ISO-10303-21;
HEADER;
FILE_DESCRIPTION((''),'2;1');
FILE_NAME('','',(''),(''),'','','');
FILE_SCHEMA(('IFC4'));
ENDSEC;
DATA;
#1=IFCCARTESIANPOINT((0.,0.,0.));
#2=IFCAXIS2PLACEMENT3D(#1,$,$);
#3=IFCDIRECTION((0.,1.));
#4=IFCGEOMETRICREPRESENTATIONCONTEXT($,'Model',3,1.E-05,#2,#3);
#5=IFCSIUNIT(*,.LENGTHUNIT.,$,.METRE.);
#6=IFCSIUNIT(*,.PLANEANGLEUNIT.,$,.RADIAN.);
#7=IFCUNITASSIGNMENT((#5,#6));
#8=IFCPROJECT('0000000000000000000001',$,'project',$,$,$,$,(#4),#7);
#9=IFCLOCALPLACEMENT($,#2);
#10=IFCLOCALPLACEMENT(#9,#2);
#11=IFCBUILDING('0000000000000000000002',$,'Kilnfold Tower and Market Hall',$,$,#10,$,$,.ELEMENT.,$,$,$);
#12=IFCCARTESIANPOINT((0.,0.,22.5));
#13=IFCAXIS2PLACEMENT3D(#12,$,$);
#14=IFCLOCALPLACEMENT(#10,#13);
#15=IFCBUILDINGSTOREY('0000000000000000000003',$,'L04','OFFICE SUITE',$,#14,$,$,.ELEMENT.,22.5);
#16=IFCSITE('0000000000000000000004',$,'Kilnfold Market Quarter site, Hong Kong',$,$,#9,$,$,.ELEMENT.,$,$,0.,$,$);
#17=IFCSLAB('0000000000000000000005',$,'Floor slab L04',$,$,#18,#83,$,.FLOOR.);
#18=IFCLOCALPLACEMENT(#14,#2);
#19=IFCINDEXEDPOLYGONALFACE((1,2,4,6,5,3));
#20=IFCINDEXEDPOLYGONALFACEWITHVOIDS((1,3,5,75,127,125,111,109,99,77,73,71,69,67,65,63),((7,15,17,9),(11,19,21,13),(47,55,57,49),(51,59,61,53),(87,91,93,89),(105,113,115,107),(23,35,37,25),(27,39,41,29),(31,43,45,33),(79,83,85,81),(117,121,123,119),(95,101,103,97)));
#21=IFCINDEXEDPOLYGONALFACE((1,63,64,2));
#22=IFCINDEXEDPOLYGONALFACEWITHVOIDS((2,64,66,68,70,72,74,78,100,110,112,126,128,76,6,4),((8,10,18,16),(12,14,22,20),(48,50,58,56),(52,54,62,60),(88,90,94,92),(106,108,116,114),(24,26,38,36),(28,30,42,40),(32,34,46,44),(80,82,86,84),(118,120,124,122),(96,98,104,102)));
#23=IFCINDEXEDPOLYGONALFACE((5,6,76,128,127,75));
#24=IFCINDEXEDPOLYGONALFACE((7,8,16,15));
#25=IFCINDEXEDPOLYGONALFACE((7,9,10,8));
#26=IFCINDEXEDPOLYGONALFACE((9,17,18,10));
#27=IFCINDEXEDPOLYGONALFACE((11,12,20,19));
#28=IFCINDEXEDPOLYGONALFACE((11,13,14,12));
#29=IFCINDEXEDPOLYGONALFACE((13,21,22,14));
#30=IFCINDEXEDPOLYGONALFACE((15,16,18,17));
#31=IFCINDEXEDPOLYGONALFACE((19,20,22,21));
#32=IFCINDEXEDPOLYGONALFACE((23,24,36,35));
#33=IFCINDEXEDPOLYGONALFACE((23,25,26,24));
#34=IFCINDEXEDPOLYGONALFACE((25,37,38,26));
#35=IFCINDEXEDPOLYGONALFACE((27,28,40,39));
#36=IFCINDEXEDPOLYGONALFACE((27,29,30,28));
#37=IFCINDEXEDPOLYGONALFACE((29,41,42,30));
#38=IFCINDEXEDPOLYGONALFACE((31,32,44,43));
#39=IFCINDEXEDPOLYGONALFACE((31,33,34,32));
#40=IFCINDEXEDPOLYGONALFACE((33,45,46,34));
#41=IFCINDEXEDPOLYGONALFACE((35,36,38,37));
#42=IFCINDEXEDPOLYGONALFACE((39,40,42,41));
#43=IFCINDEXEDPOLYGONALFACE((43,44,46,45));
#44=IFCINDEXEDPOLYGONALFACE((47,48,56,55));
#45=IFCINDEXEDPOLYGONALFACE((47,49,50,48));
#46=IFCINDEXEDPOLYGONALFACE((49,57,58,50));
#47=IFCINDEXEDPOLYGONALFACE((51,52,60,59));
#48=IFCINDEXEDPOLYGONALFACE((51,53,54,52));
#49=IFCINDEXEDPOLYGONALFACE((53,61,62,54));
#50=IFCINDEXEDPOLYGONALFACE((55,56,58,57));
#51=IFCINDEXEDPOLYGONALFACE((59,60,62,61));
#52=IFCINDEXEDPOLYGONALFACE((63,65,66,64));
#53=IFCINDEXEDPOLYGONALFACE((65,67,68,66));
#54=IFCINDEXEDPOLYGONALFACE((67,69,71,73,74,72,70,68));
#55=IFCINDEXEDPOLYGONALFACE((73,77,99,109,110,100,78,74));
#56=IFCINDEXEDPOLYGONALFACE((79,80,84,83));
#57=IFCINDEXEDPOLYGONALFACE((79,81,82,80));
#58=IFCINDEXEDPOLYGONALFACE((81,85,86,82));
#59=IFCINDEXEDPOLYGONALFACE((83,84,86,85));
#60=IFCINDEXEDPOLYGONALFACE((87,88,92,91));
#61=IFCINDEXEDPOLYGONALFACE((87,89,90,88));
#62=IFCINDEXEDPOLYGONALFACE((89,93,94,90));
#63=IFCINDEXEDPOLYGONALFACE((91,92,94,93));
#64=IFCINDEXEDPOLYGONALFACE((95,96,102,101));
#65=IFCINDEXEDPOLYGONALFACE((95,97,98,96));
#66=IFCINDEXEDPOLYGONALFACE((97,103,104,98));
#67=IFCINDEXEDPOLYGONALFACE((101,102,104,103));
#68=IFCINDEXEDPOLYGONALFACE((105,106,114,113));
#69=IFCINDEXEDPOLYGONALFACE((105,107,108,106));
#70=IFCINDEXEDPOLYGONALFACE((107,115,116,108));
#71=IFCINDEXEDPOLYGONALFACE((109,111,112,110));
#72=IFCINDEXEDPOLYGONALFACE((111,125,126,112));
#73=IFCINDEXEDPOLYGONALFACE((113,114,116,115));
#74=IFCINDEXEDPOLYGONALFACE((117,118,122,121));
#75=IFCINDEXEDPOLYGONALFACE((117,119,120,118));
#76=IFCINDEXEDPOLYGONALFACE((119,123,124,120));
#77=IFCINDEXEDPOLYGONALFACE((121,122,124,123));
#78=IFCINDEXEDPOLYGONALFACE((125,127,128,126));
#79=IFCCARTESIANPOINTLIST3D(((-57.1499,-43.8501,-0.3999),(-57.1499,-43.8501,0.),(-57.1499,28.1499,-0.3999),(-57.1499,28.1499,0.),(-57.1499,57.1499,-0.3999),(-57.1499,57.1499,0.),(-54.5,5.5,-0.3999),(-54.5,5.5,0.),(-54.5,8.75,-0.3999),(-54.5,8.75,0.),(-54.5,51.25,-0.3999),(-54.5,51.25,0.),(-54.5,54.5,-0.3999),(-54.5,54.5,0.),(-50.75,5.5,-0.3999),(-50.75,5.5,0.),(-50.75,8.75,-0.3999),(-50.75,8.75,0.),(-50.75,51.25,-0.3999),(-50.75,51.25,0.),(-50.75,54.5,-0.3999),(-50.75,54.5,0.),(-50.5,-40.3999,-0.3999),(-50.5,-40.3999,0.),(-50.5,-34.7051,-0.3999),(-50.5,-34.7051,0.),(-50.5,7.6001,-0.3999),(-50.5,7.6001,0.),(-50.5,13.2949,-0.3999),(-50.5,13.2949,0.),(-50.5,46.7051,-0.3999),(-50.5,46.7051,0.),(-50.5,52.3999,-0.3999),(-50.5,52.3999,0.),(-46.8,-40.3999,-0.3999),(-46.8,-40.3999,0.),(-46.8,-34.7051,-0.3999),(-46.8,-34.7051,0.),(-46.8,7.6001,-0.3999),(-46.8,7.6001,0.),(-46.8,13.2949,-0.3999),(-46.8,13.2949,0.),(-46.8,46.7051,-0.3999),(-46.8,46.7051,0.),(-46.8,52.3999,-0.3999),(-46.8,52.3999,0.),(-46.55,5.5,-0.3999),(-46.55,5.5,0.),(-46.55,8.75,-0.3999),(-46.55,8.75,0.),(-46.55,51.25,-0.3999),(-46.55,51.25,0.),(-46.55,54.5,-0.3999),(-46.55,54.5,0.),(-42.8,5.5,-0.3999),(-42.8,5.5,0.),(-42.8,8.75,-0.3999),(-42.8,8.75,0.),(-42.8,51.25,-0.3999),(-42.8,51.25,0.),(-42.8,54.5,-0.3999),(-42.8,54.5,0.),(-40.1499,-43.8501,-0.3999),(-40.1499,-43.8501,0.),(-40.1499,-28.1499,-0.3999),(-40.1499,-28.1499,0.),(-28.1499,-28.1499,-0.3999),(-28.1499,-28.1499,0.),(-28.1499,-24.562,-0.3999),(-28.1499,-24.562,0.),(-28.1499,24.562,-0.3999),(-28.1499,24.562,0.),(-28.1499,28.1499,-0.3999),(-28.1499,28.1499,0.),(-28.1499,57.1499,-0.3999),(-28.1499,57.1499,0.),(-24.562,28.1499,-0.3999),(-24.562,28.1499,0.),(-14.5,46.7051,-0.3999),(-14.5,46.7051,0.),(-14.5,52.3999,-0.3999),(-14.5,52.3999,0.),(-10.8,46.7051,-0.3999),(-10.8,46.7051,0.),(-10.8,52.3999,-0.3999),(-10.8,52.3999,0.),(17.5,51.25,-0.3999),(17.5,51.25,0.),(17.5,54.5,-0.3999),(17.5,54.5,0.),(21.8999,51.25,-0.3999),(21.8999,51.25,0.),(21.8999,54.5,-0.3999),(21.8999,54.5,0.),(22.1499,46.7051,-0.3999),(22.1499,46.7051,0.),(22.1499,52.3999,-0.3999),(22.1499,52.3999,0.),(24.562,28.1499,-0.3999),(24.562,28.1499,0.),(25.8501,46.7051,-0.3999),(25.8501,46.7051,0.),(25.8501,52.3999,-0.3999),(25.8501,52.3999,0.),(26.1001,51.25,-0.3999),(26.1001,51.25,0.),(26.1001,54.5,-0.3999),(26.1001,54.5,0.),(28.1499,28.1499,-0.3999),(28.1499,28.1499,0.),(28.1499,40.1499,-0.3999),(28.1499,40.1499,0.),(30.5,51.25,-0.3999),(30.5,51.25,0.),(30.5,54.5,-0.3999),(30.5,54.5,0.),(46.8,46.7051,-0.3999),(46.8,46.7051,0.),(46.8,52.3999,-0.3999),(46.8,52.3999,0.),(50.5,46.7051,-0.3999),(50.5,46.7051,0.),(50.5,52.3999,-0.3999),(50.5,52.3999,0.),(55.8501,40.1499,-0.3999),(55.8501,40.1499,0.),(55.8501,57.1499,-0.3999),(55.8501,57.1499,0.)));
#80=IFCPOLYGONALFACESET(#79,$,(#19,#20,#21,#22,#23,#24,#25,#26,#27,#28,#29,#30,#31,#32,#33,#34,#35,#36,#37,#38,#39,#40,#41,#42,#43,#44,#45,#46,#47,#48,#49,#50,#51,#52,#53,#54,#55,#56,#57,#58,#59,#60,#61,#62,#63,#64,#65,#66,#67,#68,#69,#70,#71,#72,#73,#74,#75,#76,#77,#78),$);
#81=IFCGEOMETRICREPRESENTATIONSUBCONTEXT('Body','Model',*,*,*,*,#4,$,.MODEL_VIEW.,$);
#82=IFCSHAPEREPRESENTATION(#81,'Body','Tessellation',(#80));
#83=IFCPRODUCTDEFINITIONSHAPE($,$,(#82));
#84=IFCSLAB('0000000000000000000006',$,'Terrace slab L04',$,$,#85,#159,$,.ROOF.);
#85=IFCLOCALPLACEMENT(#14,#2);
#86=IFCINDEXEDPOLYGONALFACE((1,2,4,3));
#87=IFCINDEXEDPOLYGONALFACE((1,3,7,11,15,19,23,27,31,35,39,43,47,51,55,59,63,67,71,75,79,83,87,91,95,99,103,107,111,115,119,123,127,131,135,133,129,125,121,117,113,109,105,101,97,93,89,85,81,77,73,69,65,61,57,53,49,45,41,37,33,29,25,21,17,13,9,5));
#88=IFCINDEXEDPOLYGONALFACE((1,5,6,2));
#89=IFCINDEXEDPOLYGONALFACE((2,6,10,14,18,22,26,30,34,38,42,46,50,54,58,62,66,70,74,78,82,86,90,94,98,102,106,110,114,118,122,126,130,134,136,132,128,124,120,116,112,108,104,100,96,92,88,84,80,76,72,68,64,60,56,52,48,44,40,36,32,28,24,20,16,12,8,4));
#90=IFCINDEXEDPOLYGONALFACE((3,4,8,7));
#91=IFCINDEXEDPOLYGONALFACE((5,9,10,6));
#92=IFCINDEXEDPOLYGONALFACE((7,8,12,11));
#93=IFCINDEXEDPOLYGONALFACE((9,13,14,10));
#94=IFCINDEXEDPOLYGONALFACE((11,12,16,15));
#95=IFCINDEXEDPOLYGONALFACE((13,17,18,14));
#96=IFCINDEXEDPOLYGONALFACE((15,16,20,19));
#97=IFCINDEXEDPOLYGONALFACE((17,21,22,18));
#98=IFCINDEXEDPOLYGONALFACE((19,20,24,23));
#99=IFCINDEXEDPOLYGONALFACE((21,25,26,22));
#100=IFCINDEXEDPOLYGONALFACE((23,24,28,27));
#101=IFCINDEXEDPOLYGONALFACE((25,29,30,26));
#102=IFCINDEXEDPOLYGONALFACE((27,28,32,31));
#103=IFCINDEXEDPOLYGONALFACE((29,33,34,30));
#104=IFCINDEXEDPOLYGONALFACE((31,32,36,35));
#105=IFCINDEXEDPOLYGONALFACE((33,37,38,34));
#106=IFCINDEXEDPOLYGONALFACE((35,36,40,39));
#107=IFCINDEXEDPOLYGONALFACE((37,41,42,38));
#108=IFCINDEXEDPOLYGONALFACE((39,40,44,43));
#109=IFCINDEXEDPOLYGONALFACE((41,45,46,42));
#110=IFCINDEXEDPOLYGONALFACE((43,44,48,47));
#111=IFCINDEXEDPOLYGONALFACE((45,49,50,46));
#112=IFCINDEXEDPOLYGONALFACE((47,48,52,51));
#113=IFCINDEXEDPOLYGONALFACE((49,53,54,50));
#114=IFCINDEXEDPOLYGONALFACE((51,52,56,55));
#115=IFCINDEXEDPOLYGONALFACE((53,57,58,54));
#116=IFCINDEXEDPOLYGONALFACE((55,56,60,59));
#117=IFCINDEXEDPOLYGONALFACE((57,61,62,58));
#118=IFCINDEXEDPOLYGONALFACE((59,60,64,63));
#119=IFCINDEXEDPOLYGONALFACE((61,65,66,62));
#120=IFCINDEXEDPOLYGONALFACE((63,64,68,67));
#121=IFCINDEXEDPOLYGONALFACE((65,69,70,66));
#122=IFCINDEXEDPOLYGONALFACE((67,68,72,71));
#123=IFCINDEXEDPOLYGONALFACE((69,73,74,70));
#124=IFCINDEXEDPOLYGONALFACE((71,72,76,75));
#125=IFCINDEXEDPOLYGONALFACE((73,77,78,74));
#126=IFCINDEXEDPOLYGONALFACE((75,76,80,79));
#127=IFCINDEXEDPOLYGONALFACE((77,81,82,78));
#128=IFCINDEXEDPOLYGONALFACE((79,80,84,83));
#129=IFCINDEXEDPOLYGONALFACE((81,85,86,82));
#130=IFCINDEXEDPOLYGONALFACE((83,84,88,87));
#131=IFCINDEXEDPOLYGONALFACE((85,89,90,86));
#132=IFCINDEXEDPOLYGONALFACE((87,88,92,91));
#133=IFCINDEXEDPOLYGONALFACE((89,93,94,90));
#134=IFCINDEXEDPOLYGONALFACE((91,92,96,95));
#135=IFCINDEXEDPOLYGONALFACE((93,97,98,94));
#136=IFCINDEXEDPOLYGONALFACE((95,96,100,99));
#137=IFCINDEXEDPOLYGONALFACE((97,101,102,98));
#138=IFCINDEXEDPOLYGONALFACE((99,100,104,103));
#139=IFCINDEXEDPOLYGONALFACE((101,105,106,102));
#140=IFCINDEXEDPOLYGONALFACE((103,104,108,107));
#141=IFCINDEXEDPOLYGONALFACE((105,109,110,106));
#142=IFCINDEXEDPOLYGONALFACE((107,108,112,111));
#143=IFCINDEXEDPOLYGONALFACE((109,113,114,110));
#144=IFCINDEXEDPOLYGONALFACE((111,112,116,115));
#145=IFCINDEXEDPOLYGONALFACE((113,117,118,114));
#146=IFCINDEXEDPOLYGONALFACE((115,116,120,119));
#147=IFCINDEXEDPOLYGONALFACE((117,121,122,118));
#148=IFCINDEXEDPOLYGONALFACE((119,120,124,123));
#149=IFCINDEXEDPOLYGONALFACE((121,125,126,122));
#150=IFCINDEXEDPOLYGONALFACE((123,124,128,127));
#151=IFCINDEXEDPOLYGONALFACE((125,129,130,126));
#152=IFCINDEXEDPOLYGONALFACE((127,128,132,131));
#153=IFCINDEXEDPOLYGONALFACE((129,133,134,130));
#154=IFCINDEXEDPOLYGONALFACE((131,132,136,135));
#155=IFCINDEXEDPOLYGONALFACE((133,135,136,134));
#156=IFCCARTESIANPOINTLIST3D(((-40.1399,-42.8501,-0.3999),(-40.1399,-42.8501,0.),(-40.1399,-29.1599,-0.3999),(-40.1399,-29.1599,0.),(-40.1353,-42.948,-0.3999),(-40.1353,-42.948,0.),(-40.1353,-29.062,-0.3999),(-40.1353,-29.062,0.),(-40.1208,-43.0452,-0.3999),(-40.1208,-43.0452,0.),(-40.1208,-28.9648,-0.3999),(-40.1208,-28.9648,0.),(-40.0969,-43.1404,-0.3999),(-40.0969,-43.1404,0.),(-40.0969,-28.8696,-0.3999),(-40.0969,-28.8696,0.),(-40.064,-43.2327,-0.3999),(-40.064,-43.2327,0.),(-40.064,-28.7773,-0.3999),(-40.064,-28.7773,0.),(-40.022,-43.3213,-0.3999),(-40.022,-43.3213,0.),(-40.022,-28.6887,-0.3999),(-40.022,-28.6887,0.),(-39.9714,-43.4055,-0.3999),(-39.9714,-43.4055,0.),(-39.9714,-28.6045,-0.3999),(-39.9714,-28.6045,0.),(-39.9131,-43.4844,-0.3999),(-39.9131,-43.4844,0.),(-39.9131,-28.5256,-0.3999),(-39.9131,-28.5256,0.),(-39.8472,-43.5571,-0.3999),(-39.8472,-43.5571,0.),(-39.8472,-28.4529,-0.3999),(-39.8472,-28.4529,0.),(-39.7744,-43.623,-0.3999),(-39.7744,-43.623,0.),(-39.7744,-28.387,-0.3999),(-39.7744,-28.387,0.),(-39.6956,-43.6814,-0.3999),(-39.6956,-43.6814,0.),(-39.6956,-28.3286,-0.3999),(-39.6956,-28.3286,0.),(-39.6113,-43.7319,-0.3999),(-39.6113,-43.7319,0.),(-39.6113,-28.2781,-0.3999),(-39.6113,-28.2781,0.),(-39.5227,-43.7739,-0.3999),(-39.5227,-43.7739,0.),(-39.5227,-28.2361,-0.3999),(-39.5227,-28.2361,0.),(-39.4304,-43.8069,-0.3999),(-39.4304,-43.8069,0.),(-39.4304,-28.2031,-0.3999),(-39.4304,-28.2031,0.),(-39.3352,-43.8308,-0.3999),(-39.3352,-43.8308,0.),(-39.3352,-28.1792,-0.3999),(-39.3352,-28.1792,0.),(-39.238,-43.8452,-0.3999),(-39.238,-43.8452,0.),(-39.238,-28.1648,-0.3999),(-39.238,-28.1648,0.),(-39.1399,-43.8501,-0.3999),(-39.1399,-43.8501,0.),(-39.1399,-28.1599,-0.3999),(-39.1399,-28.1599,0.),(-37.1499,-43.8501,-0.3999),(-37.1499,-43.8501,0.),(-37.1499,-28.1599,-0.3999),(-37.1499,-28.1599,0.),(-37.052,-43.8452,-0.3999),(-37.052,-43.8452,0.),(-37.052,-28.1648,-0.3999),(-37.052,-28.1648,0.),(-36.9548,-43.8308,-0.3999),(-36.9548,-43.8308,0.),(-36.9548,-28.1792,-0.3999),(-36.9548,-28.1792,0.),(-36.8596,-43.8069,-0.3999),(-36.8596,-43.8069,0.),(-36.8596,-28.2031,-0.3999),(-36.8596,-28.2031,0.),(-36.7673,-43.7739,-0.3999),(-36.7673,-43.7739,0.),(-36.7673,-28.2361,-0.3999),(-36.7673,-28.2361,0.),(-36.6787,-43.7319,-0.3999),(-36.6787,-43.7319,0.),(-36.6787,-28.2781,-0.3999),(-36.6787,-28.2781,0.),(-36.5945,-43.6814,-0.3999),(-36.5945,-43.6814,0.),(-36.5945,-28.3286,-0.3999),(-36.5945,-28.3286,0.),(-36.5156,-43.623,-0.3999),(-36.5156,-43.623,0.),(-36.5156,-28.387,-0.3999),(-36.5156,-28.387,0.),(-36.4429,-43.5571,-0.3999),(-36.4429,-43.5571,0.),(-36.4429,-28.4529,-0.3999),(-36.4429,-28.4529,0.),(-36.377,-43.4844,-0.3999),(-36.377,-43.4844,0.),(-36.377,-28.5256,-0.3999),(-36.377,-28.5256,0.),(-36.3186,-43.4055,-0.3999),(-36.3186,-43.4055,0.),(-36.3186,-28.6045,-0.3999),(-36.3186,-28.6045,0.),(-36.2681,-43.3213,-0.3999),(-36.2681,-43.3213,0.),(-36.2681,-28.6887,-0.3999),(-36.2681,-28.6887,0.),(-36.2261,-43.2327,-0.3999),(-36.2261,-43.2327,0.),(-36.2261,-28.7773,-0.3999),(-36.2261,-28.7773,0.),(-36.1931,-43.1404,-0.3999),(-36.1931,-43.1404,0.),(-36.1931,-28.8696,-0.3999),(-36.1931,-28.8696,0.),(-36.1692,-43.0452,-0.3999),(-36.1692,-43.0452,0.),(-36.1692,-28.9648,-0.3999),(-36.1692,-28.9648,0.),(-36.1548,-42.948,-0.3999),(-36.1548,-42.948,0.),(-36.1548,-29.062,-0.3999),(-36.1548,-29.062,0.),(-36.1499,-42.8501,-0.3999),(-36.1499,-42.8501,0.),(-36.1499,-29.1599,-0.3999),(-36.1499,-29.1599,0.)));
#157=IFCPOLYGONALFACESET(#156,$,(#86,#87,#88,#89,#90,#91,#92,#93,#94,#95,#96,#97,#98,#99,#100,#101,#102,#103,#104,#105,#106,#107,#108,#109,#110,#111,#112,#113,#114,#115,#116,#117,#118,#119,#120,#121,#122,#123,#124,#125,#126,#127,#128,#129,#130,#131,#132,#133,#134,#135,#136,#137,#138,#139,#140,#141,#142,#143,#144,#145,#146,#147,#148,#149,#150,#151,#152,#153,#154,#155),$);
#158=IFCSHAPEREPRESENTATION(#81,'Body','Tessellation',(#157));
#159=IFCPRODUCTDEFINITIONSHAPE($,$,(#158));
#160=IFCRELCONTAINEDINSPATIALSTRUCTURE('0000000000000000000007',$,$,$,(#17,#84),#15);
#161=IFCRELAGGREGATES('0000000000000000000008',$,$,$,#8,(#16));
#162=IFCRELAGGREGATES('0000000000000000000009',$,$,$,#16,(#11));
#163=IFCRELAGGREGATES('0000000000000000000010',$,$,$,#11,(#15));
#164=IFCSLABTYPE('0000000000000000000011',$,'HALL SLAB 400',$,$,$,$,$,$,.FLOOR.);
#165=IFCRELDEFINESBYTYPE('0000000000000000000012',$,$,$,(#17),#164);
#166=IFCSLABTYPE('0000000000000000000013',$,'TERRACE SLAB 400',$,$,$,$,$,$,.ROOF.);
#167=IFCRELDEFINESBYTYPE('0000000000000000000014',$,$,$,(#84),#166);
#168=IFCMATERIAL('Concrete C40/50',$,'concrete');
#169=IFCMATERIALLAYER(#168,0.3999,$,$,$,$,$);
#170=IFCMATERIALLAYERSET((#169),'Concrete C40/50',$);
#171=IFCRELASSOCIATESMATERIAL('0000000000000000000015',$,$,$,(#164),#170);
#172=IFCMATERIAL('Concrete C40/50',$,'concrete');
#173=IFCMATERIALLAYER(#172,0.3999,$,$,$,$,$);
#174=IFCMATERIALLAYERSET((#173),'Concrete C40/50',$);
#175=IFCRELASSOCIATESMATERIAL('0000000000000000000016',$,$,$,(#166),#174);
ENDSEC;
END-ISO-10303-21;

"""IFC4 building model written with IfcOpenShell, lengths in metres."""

from ifc_helpers import new_model, si_unit, direction, frame, origin, place, context, subcontext, project, spatial, polyline, outline, extrude, source, transform, mapped, material, layer, layer_set, type_object, element, save


model = new_model("IFC4")

# Units and contexts
model_context = context("Model", 3, precision=1e-05, world=origin(), true_north=direction((0.0, 1.0)))
body_context = subcontext(model_context, "Body", "Model", "MODEL_VIEW")
ifc_project = project(units=[si_unit("LENGTHUNIT", "METRE"), si_unit("PLANEANGLEUNIT", "RADIAN")], contexts=[model_context])

# Site, building, storey
site_placement = place(None, origin())
site = spatial("IfcSite", under=ifc_project, at=site_placement, Name="Kilnfold Market Quarter site, Hong Kong", CompositionType="ELEMENT", RefElevation=0.0)
building_placement = place(site_placement, origin())
building = spatial("IfcBuilding", under=site, at=building_placement, Name="Kilnfold Tower and Market Hall", CompositionType="ELEMENT")
storey_placement = place(building_placement, frame((0.0, 0.0, 22.5)))
storey = spatial("IfcBuildingStorey", under=building, at=storey_placement, Name="L04", Description="OFFICE SUITE", CompositionType="ELEMENT", Elevation=22.5)

# Slabs
ifc_material_1 = material(Name="Concrete C40/50", Category="concrete")
ifc_layer_1 = layer(ifc_material_1, 0.3999)
ifc_layer_set_1 = layer_set([ifc_layer_1], Name="Concrete C40/50")
slab_type_1 = type_object("IfcSlabType", Name="HALL SLAB 400", PredefinedType="FLOOR", material=ifc_layer_set_1)
shared_shape_1 = source(origin(), body_context, "Body", "SweptSolid", [
    extrude(outline(polyline([(-57.1499, -43.8501), (-40.1499, -43.8501), (-40.1499, -28.1499), (-28.1499, -28.1499), (-28.1499, -24.562), (-28.1499, 24.562), (-28.1499, 28.1499), (-24.562, 28.1499), (24.562, 28.1499), (28.1499, 28.1499), (28.1499, 40.1499), (55.8501, 40.1499), (55.8501, 57.1499), (-28.1499, 57.1499), (-57.1499, 57.1499), (-57.1499, 28.1499), (-57.1499, -43.8501)]), holes=[polyline([(-50.5, -34.7051), (-50.5, -40.3999), (-46.8, -40.3999), (-46.8, -34.7051), (-50.5, -34.7051)]), polyline([(-50.5, 13.2949), (-50.5, 7.6001), (-46.8, 7.6001), (-46.8, 13.2949), (-50.5, 13.2949)]), polyline([(-46.8, 46.7051), (-46.8, 52.3999), (-50.5, 52.3999), (-50.5, 46.7051), (-46.8, 46.7051)]), polyline([(-10.8, 46.7051), (-10.8, 52.3999), (-14.5, 52.3999), (-14.5, 46.7051), (-10.8, 46.7051)]), polyline([(25.8501, 46.7051), (25.8501, 52.3999), (22.1499, 52.3999), (22.1499, 46.7051), (25.8501, 46.7051)]), polyline([(50.5, 46.7051), (50.5, 52.3999), (46.8, 52.3999), (46.8, 46.7051), (50.5, 46.7051)]), polyline([(-54.5, 5.5), (-50.75, 5.5), (-50.75, 8.75), (-54.5, 8.75), (-54.5, 5.5)]), polyline([(-46.55, 5.5), (-42.8, 5.5), (-42.8, 8.75), (-46.55, 8.75), (-46.55, 5.5)]), polyline([(-42.8, 54.5), (-46.55, 54.5), (-46.55, 51.25), (-42.8, 51.25), (-42.8, 54.5)]), polyline([(-50.75, 54.5), (-54.5, 54.5), (-54.5, 51.25), (-50.75, 51.25), (-50.75, 54.5)]), polyline([(30.5, 54.5), (26.1001, 54.5), (26.1001, 51.25), (30.5, 51.25), (30.5, 54.5)]), polyline([(21.8999, 54.5), (17.5, 54.5), (17.5, 51.25), (21.8999, 51.25), (21.8999, 54.5)])]), origin(), (0.0, 0.0, 1.0), 0.3999),
])
slab_1_placement = place(storey_placement, frame((0.0, 0.0, -0.3999)))
element("IfcSlab", 1, at=slab_1_placement, inside=storey, type_object=slab_type_1, Name="Floor slab L04", PredefinedType="FLOOR", context=body_context, shape_type="MappedRepresentation", body=[
    mapped(shared_shape_1, transform((0.0, 0.0, 0.0))),
])
ifc_material_2 = material(Name="Concrete C40/50", Category="concrete")
ifc_layer_2 = layer(ifc_material_2, 0.3999)
ifc_layer_set_2 = layer_set([ifc_layer_2], Name="Concrete C40/50")
slab_type_2 = type_object("IfcSlabType", Name="TERRACE SLAB 400", PredefinedType="ROOF", material=ifc_layer_set_2)
shared_shape_2 = source(origin(), body_context, "Body", "SweptSolid", [
    extrude(outline(polyline([(-36.1499, -42.8501), (-36.1548, -42.948), (-36.1692, -43.0452), (-36.1931, -43.1404), (-36.2261, -43.2327), (-36.2681, -43.3213), (-36.3186, -43.4055), (-36.377, -43.4844), (-36.4429, -43.5571), (-36.5156, -43.623), (-36.5945, -43.6814), (-36.6787, -43.7319), (-36.7673, -43.7739), (-36.8596, -43.8069), (-36.9548, -43.8308), (-37.052, -43.8452), (-37.1499, -43.8501), (-39.1399, -43.8501), (-39.238, -43.8452), (-39.3352, -43.8308), (-39.4304, -43.8069), (-39.5227, -43.7739), (-39.6113, -43.7319), (-39.6956, -43.6814), (-39.7744, -43.623), (-39.8472, -43.5571), (-39.9131, -43.4844), (-39.9714, -43.4055), (-40.022, -43.3213), (-40.064, -43.2327), (-40.0969, -43.1404), (-40.1208, -43.0452), (-40.1353, -42.948), (-40.1399, -42.8501), (-40.1399, -29.1599), (-40.1353, -29.062), (-40.1208, -28.9648), (-40.0969, -28.8696), (-40.064, -28.7773), (-40.022, -28.6887), (-39.9714, -28.6045), (-39.9131, -28.5256), (-39.8472, -28.4529), (-39.7744, -28.387), (-39.6956, -28.3286), (-39.6113, -28.2781), (-39.5227, -28.2361), (-39.4304, -28.2031), (-39.3352, -28.1792), (-39.238, -28.1648), (-39.1399, -28.1599), (-37.1499, -28.1599), (-37.052, -28.1648), (-36.9548, -28.1792), (-36.8596, -28.2031), (-36.7673, -28.2361), (-36.6787, -28.2781), (-36.5945, -28.3286), (-36.5156, -28.387), (-36.4429, -28.4529), (-36.377, -28.5256), (-36.3186, -28.6045), (-36.2681, -28.6887), (-36.2261, -28.7773), (-36.1931, -28.8696), (-36.1692, -28.9648), (-36.1548, -29.062), (-36.1499, -29.1599), (-36.1499, -42.8501)])), origin(), (0.0, 0.0, 1.0), 0.3999),
])
slab_2_placement = place(storey_placement, frame((0.0, 0.0, -0.3999)))
element("IfcSlab", 2, at=slab_2_placement, inside=storey, type_object=slab_type_2, Name="Terrace slab L04", PredefinedType="ROOF", context=body_context, shape_type="MappedRepresentation", body=[
    mapped(shared_shape_2, transform((0.0, 0.0, 0.0))),
])

save(model, "model.ifc")
